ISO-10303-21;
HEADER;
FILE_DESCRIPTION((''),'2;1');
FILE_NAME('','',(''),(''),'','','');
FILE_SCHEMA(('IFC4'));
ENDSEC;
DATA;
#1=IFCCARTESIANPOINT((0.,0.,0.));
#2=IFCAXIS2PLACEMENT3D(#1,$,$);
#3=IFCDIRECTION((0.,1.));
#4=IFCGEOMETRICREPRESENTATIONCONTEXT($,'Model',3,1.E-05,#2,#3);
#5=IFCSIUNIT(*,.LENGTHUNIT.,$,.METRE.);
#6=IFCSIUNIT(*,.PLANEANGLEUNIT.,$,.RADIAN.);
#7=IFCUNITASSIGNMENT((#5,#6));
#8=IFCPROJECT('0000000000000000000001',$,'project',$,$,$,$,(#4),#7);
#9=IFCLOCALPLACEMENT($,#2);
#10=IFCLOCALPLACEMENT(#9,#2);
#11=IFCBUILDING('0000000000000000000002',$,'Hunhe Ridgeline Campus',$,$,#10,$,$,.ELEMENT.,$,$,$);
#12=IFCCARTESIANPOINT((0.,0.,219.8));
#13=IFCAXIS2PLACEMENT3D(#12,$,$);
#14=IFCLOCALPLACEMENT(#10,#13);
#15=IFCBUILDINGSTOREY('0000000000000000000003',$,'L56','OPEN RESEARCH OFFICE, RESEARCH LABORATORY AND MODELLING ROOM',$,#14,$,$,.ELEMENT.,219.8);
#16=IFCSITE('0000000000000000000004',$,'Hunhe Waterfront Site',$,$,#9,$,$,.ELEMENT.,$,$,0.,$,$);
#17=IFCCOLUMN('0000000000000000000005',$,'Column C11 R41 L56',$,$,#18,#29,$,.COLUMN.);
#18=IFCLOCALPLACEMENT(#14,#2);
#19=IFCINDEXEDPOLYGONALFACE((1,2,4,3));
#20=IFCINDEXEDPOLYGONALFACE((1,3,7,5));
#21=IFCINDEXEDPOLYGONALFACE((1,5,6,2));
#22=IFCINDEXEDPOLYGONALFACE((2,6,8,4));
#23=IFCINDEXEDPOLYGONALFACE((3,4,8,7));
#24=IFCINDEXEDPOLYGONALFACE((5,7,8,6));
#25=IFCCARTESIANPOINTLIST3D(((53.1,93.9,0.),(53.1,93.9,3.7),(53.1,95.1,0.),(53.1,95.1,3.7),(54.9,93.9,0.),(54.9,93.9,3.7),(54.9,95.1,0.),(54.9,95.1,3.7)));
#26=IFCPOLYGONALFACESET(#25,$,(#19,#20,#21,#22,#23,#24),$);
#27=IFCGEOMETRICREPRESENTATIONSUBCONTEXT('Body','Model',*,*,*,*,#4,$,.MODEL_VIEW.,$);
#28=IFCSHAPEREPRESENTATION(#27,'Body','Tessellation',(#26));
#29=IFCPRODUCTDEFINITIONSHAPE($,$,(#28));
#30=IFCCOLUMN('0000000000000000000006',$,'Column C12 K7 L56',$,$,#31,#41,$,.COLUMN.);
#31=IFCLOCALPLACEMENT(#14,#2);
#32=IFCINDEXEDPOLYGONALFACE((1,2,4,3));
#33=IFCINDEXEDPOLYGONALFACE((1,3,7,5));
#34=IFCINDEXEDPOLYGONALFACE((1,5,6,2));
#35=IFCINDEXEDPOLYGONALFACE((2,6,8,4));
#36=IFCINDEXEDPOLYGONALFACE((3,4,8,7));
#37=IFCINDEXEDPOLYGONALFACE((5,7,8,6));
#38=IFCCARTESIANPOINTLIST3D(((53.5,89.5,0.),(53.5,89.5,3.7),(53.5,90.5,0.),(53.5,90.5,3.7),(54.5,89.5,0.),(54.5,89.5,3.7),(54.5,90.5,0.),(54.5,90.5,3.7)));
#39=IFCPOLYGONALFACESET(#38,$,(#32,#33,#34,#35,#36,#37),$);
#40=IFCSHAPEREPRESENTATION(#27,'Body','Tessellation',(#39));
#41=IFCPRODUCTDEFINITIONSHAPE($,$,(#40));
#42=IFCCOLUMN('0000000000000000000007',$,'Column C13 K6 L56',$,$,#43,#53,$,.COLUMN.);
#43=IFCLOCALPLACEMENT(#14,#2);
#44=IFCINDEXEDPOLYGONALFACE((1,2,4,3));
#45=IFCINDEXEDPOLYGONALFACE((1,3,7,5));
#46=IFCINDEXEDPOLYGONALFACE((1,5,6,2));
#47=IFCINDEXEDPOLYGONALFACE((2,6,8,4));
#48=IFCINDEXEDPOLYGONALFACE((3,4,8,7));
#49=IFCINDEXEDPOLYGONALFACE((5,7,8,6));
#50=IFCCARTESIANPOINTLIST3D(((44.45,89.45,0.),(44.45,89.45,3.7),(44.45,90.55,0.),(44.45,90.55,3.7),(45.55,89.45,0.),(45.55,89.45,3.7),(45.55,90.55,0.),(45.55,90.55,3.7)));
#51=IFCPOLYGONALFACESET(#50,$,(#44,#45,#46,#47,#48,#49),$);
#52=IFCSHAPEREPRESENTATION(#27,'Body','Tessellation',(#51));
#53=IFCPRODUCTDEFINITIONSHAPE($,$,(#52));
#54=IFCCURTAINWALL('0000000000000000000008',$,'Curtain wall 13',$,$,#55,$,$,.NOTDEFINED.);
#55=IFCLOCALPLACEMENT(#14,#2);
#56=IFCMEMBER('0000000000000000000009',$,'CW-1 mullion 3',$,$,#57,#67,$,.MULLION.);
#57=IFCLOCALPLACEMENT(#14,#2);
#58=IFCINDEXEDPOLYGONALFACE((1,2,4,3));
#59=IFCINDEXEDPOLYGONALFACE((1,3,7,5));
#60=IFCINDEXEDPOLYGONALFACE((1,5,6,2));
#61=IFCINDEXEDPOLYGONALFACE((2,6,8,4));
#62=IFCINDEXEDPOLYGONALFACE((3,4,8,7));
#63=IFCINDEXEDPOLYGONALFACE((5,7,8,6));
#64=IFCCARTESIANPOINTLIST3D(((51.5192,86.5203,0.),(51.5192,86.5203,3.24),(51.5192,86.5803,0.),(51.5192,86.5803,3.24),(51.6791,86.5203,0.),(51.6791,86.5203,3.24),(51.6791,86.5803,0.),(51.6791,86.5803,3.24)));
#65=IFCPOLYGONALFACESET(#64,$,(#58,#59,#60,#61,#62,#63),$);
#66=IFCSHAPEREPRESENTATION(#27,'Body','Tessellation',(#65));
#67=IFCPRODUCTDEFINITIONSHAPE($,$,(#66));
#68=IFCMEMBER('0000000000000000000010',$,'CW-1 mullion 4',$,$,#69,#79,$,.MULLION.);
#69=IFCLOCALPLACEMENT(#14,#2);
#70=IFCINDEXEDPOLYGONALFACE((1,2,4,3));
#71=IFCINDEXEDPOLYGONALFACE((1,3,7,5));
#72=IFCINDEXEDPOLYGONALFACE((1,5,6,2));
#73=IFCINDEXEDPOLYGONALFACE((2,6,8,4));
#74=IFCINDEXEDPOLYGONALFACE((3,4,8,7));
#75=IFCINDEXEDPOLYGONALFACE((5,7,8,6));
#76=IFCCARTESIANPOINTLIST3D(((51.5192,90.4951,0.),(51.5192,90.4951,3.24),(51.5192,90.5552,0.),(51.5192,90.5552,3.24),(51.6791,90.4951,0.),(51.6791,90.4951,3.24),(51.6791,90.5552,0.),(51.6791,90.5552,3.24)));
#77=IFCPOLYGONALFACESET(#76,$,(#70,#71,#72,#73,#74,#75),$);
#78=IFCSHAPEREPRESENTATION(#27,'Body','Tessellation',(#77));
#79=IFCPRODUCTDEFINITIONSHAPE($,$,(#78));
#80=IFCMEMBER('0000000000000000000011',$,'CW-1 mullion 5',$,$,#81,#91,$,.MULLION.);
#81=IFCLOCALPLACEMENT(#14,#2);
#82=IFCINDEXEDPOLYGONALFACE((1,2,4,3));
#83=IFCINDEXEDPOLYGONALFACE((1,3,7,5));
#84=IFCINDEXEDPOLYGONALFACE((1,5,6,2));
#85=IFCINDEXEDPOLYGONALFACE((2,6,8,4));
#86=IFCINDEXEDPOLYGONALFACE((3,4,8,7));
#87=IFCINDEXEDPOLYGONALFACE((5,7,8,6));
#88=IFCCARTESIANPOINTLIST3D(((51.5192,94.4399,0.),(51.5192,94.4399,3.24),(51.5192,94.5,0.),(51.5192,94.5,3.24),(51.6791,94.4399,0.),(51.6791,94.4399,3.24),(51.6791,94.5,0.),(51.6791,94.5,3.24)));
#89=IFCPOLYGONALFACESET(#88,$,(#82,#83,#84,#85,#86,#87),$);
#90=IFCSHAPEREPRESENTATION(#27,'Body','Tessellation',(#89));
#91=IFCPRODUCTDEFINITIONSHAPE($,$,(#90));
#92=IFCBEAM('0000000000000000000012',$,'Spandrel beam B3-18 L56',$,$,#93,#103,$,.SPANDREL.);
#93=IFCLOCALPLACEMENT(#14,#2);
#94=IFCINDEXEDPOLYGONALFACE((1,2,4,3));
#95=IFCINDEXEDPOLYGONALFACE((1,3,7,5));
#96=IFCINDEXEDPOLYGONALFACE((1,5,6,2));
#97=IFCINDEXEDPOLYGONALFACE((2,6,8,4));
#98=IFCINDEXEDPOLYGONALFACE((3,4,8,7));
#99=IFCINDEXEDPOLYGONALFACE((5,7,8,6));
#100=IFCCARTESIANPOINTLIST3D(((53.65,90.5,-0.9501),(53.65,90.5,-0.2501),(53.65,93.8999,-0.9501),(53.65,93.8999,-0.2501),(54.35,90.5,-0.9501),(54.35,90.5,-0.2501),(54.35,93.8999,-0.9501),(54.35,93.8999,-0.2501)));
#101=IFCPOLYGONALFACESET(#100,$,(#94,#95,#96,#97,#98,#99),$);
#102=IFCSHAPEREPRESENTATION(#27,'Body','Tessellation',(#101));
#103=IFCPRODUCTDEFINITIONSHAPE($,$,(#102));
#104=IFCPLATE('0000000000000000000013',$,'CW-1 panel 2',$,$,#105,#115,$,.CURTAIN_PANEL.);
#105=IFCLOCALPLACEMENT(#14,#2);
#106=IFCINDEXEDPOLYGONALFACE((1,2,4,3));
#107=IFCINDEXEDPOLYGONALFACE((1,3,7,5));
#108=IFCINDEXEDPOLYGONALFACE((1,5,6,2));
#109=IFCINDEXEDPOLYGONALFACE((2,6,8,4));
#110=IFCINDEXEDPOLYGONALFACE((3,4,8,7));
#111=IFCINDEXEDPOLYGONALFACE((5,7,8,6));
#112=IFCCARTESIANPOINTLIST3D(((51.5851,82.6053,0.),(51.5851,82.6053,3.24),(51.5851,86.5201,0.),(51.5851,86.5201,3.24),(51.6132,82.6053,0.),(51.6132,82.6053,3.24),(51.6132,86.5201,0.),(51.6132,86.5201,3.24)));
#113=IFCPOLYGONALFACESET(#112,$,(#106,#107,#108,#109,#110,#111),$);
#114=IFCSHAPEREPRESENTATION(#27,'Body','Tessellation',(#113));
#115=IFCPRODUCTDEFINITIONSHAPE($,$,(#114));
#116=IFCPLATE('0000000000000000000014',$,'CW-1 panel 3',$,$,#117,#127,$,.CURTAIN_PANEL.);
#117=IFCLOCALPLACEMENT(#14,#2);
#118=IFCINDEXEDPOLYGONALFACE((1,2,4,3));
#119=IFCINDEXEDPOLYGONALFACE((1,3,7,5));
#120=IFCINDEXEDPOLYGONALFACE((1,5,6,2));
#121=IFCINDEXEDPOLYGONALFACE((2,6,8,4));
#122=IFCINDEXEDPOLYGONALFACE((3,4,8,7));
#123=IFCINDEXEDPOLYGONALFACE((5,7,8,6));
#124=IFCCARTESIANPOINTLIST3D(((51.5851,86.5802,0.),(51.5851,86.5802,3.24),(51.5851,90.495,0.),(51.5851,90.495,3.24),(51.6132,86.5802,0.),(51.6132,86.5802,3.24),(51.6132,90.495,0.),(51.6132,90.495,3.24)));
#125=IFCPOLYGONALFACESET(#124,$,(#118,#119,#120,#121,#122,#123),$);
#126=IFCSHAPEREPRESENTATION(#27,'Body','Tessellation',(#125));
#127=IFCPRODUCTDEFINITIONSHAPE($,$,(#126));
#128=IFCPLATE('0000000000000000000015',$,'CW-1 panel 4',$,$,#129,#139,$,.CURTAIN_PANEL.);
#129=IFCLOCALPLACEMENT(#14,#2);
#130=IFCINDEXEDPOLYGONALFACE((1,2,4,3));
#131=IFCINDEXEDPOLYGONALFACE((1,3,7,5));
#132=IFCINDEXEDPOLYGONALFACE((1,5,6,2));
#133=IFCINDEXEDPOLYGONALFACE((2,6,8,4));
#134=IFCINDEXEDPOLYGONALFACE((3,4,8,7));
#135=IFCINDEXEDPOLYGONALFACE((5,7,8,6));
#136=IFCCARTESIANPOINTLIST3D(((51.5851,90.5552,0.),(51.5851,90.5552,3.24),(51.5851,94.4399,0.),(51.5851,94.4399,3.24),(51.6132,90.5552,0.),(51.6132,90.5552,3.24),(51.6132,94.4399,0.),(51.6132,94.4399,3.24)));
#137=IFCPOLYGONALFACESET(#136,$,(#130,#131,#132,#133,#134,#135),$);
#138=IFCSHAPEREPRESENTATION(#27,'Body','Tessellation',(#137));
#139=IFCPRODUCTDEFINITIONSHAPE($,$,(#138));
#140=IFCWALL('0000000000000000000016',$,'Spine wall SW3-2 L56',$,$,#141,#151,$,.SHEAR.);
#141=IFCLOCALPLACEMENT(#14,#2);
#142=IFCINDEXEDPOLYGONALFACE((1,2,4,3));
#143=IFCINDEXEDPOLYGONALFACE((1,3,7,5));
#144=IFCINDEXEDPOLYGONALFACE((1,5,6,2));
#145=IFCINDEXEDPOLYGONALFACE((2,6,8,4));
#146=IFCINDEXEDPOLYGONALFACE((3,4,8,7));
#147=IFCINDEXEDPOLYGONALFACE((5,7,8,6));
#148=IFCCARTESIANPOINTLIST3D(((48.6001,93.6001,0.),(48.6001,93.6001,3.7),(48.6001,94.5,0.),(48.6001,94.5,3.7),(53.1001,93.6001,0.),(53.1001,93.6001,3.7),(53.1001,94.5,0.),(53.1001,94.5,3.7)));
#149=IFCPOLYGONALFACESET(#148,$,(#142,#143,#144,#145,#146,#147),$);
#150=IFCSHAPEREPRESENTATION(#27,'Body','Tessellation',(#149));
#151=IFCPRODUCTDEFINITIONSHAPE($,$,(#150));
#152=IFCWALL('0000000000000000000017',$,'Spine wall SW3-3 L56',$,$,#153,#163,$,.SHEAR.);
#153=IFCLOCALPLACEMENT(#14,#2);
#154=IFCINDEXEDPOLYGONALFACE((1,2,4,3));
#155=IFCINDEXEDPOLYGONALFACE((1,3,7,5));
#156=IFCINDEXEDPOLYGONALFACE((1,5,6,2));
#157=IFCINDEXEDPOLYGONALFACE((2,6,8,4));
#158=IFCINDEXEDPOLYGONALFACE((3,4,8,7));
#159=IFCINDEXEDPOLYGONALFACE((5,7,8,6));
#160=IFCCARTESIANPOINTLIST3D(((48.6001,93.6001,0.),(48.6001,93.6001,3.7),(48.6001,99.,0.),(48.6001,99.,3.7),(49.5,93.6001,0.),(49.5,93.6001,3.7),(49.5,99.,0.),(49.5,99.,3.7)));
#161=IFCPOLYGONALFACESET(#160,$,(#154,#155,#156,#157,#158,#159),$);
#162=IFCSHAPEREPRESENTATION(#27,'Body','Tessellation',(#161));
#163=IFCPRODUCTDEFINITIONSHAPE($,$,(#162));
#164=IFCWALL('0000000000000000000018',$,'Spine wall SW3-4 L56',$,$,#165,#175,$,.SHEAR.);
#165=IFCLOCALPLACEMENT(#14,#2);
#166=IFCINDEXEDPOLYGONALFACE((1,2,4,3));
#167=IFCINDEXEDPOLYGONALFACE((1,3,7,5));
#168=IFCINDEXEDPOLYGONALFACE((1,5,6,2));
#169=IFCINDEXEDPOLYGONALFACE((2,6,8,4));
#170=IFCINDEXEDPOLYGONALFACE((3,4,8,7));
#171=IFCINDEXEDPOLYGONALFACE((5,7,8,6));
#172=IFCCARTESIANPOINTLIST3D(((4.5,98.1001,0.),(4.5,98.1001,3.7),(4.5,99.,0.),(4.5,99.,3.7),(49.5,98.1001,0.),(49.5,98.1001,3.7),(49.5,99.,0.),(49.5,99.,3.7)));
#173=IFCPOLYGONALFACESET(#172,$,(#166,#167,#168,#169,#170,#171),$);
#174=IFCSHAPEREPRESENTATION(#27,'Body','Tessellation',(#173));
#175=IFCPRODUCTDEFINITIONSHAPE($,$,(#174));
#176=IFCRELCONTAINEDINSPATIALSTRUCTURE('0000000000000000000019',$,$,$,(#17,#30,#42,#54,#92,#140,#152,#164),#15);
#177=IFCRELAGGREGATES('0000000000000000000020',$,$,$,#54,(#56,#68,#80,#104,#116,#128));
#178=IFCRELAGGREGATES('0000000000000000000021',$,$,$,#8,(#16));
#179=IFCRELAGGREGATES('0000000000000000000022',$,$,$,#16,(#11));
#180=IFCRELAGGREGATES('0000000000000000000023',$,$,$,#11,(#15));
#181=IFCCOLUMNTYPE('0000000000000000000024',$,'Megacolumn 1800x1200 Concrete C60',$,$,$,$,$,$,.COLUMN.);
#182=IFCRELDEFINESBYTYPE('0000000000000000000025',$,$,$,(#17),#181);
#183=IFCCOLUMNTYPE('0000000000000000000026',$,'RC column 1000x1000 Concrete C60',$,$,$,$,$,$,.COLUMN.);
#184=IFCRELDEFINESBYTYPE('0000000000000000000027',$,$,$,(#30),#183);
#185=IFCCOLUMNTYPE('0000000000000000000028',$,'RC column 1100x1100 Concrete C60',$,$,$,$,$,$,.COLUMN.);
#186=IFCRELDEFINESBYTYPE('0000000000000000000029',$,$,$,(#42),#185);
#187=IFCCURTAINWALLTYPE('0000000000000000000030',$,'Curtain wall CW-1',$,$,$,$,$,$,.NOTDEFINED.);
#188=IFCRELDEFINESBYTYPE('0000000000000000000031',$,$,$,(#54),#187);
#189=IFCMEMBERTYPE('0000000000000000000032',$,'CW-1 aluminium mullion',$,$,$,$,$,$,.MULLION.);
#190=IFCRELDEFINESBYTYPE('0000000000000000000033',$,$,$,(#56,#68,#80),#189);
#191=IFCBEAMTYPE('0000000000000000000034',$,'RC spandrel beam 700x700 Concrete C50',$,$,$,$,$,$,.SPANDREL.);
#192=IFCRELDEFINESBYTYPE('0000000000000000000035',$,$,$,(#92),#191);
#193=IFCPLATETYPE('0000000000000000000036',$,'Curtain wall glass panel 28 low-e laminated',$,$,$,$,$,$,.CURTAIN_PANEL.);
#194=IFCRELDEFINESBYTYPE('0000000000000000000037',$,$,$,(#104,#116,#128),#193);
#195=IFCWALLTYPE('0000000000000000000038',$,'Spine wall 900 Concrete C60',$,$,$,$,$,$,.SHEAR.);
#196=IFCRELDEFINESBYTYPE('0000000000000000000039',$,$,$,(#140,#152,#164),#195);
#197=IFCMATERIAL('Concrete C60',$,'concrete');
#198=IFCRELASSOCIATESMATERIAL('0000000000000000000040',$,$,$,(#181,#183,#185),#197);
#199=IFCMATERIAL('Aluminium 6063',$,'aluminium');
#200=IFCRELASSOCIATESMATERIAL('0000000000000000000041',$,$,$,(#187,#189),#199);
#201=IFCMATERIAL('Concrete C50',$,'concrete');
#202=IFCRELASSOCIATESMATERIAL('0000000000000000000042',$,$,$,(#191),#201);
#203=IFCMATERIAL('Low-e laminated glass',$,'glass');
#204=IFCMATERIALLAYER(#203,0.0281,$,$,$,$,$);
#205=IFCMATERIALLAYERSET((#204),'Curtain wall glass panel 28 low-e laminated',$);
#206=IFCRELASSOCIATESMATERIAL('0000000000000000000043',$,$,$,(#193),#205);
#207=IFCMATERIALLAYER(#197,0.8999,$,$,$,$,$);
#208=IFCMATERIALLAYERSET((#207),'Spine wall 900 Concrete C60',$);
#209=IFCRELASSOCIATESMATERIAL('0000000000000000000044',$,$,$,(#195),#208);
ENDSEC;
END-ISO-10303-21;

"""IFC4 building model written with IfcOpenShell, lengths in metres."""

from ifc_helpers import new_model, si_unit, direction, frame, frame_2d, origin, origin_2d, place, context, subcontext, project, spatial, rectangle, extrude, material, layer, layer_set, material_profile, profile_set, type_object, element, aggregate, save


model = new_model("IFC4")

# Units and contexts
model_context = context("Model", 3, precision=1e-05, world=origin(), true_north=direction((0.0, 1.0)))
body_context = subcontext(model_context, "Body", "Model", "MODEL_VIEW")
ifc_project = project(units=[si_unit("LENGTHUNIT", "METRE"), si_unit("PLANEANGLEUNIT", "RADIAN")], contexts=[model_context])

# Site, building, storey
site_placement = place(None, origin())
site = spatial("IfcSite", under=ifc_project, at=site_placement, Name="Hunhe Waterfront Site", CompositionType="ELEMENT", RefElevation=0.0)
building_placement = place(site_placement, origin())
building = spatial("IfcBuilding", under=site, at=building_placement, Name="Hunhe Ridgeline Campus", CompositionType="ELEMENT")
storey_placement = place(building_placement, frame((0.0, 0.0, 219.8)))
storey = spatial("IfcBuildingStorey", under=building, at=storey_placement, Name="L56", Description="OPEN RESEARCH OFFICE, RESEARCH LABORATORY AND MODELLING ROOM", CompositionType="ELEMENT", Elevation=219.8)

# Columns
ifc_material_1 = material(Name="Concrete C60", Category="concrete")
ifc_material_profile_1 = material_profile(ifc_material_1, rectangle(XDim=1.8, YDim=1.2, at=origin_2d()))
ifc_profile_set_1 = profile_set([ifc_material_profile_1], Name="Concrete C60")
column_type_1 = type_object("IfcColumnType", Name="Megacolumn 1800x1200 Concrete C60", PredefinedType="COLUMN", material=ifc_profile_set_1)
column_1_placement = place(storey_placement, frame((54.0, 94.5, 0.0), z_axis=(0.0, 0.0, 1.0), x_axis=(1.0, 0.0, 0.0)))
element("IfcColumn", 1, at=column_1_placement, inside=storey, type_object=column_type_1, Name="Column C11 R41 L56", PredefinedType="COLUMN", context=body_context, shape_type="SweptSolid", body=[
    extrude(rectangle(XDim=1.8, YDim=1.2, at=origin_2d()), origin(), (0.0, 0.0, 1.0), 3.7),
])
ifc_material_profile_2 = material_profile(ifc_material_1, rectangle(XDim=1.0, YDim=1.0, at=origin_2d()))
ifc_profile_set_2 = profile_set([ifc_material_profile_2], Name="Concrete C60")
column_type_2 = type_object("IfcColumnType", Name="RC column 1000x1000 Concrete C60", PredefinedType="COLUMN", material=ifc_profile_set_2)
column_2_placement = place(storey_placement, frame((54.0, 90.0, 0.0), z_axis=(0.0, 0.0, 1.0), x_axis=(1.0, 0.0, 0.0)))
element("IfcColumn", 2, at=column_2_placement, inside=storey, type_object=column_type_2, Name="Column C12 K7 L56", PredefinedType="COLUMN", context=body_context, shape_type="SweptSolid", body=[
    extrude(rectangle(XDim=1.0, YDim=1.0, at=origin_2d()), origin(), (0.0, 0.0, 1.0), 3.7),
])
ifc_material_profile_3 = material_profile(ifc_material_1, rectangle(XDim=1.1001, YDim=1.1001, at=origin_2d()))
ifc_profile_set_3 = profile_set([ifc_material_profile_3], Name="Concrete C60")
column_type_3 = type_object("IfcColumnType", Name="RC column 1100x1100 Concrete C60", PredefinedType="COLUMN", material=ifc_profile_set_3)
column_3_placement = place(storey_placement, frame((45.0, 90.0, 0.0), z_axis=(0.0, 0.0, 1.0), x_axis=(1.0, 0.0, 0.0)))
element("IfcColumn", 3, at=column_3_placement, inside=storey, type_object=column_type_3, Name="Column C13 K6 L56", PredefinedType="COLUMN", context=body_context, shape_type="SweptSolid", body=[
    extrude(rectangle(XDim=1.1001, YDim=1.1001, at=origin_2d()), origin(), (0.0, 0.0, 1.0), 3.7),
])

# Curtain wall, members
ifc_material_2 = material(Name="Aluminium 6063", Category="aluminium")
curtain_wall_type = type_object("IfcCurtainWallType", Name="Curtain wall CW-1", PredefinedType="NOTDEFINED", material=ifc_material_2)
curtain_wall_placement = place(storey_placement, origin())
curtain_wall = element("IfcCurtainWall", 4, at=curtain_wall_placement, inside=storey, type_object=curtain_wall_type, Name="Curtain wall 13", PredefinedType="NOTDEFINED")
ifc_material_profile_4 = material_profile(ifc_material_2, rectangle(XDim=0.1599, YDim=0.0601, at=origin_2d()))
ifc_profile_set_4 = profile_set([ifc_material_profile_4], Name="Aluminium 6063")
member_type = type_object("IfcMemberType", Name="CW-1 aluminium mullion", PredefinedType="MULLION", material=ifc_profile_set_4)
member_1_placement = place(storey_placement, frame((51.5991, 86.5503, 0.0), z_axis=(0.0, 0.0, 1.0), x_axis=(-1.0, 0.0, 0.0)))
member_1 = element("IfcMember", 5, at=member_1_placement, type_object=member_type, Name="CW-1 mullion 3", PredefinedType="MULLION", context=body_context, shape_type="SweptSolid", body=[
    extrude(rectangle(XDim=0.1599, YDim=0.0601, at=origin_2d()), origin(), (0.0, 0.0, 1.0), 3.24),
])
member_2_placement = place(storey_placement, frame((51.5991, 90.5251, 0.0), z_axis=(0.0, 0.0, 1.0), x_axis=(-1.0, 0.0, 0.0)))
member_2 = element("IfcMember", 6, at=member_2_placement, type_object=member_type, Name="CW-1 mullion 4", PredefinedType="MULLION", context=body_context, shape_type="SweptSolid", body=[
    extrude(rectangle(XDim=0.1599, YDim=0.0601, at=origin_2d()), origin(), (0.0, 0.0, 1.0), 3.24),
])
member_3_placement = place(storey_placement, frame((51.5991, 94.47, 0.0), z_axis=(0.0, 0.0, 1.0), x_axis=(-1.0, 0.0, 0.0)))
member_3 = element("IfcMember", 7, at=member_3_placement, type_object=member_type, Name="CW-1 mullion 5", PredefinedType="MULLION", context=body_context, shape_type="SweptSolid", body=[
    extrude(rectangle(XDim=0.1599, YDim=0.0601, at=origin_2d()), origin(), (0.0, 0.0, 1.0), 3.24),
])

# Beam
ifc_material_3 = material(Name="Concrete C50", Category="concrete")
ifc_material_profile_5 = material_profile(ifc_material_3, rectangle(XDim=0.7, YDim=0.7, at=origin_2d()))
ifc_profile_set_5 = profile_set([ifc_material_profile_5], Name="Concrete C50")
beam_type = type_object("IfcBeamType", Name="RC spandrel beam 700x700 Concrete C50", PredefinedType="SPANDREL", material=ifc_profile_set_5)
beam_placement = place(storey_placement, frame((54.0, 90.5, -0.6001), z_axis=(0.0, 1.0, 0.0), x_axis=(-1.0, 0.0, 0.0)))
element("IfcBeam", 8, at=beam_placement, inside=storey, type_object=beam_type, Name="Spandrel beam B3-18 L56", PredefinedType="SPANDREL", context=body_context, shape_type="SweptSolid", body=[
    extrude(rectangle(XDim=0.7, YDim=0.7, at=origin_2d()), origin(), (0.0, 0.0, 1.0), 3.3999),
])

# Plates
ifc_material_4 = material(Name="Low-e laminated glass", Category="glass")
ifc_layer_1 = layer(ifc_material_4, 0.0281)
ifc_layer_set_1 = layer_set([ifc_layer_1], Name="Curtain wall glass panel 28 low-e laminated")
plate_type = type_object("IfcPlateType", Name="Curtain wall glass panel 28 low-e laminated", PredefinedType="CURTAIN_PANEL", material=ifc_layer_set_1)
plate_1_placement = place(storey_placement, frame((51.5991, 84.5627, 0.0), z_axis=(0.0, 0.0, 1.0), x_axis=(0.0, 1.0, 0.0)))
plate_1 = element("IfcPlate", 9, at=plate_1_placement, type_object=plate_type, Name="CW-1 panel 2", PredefinedType="CURTAIN_PANEL", context=body_context, shape_type="SweptSolid", body=[
    extrude(rectangle(XDim=3.9148, YDim=0.0281, at=origin_2d()), origin(), (0.0, 0.0, 1.0), 3.24),
])
plate_2_placement = place(storey_placement, frame((51.5991, 88.5376, 0.0), z_axis=(0.0, 0.0, 1.0), x_axis=(0.0, 1.0, 0.0)))
plate_2 = element("IfcPlate", 10, at=plate_2_placement, type_object=plate_type, Name="CW-1 panel 3", PredefinedType="CURTAIN_PANEL", context=body_context, shape_type="SweptSolid", body=[
    extrude(rectangle(XDim=3.9148, YDim=0.0281, at=origin_2d()), origin(), (0.0, 0.0, 1.0), 3.24),
])
plate_3_placement = place(storey_placement, frame((51.5991, 92.4976, 0.0), z_axis=(0.0, 0.0, 1.0), x_axis=(0.0, 1.0, 0.0)))
plate_3 = element("IfcPlate", 11, at=plate_3_placement, type_object=plate_type, Name="CW-1 panel 4", PredefinedType="CURTAIN_PANEL", context=body_context, shape_type="SweptSolid", body=[
    extrude(rectangle(XDim=3.8848, YDim=0.0281, at=origin_2d()), origin(), (0.0, 0.0, 1.0), 3.24),
])
aggregate(curtain_wall, [member_1, member_2, member_3, plate_1, plate_2, plate_3])

# Walls
ifc_layer_2 = layer(ifc_material_1, 0.8999)
ifc_layer_set_2 = layer_set([ifc_layer_2], Name="Spine wall 900 Concrete C60")
wall_type_1 = type_object("IfcWallType", Name="Spine wall 900 Concrete C60", PredefinedType="SHEAR", material=ifc_layer_set_2)
wall_1_placement = place(storey_placement, frame((53.1001, 94.05, 0.0), z_axis=(0.0, 0.0, 1.0), x_axis=(-1.0, 0.0, 0.0)))
element("IfcWall", 12, at=wall_1_placement, inside=storey, type_object=wall_type_1, Name="Spine wall SW3-2 L56", PredefinedType="SHEAR", context=body_context, shape_type="SweptSolid", body=[
    extrude(rectangle(XDim=4.5, YDim=0.8999, at=frame_2d((2.25, 0.0))), origin(), (0.0, 0.0, 1.0), 3.7),
])
wall_2_placement = place(storey_placement, frame((49.05, 93.6001, 0.0), z_axis=(0.0, 0.0, 1.0), x_axis=(0.0, 1.0, 0.0)))
element("IfcWall", 13, at=wall_2_placement, inside=storey, type_object=wall_type_1, Name="Spine wall SW3-3 L56", PredefinedType="SHEAR", context=body_context, shape_type="SweptSolid", body=[
    extrude(rectangle(XDim=5.3999, YDim=0.8999, at=frame_2d((2.7, 0.0))), origin(), (0.0, 0.0, 1.0), 3.7),
])
wall_3_placement = place(storey_placement, frame((49.5, 98.55, 0.0), z_axis=(0.0, 0.0, 1.0), x_axis=(-1.0, 0.0, 0.0)))
element("IfcWall", 14, at=wall_3_placement, inside=storey, type_object=wall_type_1, Name="Spine wall SW3-4 L56", PredefinedType="SHEAR", context=body_context, shape_type="SweptSolid", body=[
    extrude(rectangle(XDim=45.0, YDim=0.8999, at=frame_2d((22.5, 0.0))), origin(), (0.0, 0.0, 1.0), 3.7),
])

save(model, "model.ifc")
